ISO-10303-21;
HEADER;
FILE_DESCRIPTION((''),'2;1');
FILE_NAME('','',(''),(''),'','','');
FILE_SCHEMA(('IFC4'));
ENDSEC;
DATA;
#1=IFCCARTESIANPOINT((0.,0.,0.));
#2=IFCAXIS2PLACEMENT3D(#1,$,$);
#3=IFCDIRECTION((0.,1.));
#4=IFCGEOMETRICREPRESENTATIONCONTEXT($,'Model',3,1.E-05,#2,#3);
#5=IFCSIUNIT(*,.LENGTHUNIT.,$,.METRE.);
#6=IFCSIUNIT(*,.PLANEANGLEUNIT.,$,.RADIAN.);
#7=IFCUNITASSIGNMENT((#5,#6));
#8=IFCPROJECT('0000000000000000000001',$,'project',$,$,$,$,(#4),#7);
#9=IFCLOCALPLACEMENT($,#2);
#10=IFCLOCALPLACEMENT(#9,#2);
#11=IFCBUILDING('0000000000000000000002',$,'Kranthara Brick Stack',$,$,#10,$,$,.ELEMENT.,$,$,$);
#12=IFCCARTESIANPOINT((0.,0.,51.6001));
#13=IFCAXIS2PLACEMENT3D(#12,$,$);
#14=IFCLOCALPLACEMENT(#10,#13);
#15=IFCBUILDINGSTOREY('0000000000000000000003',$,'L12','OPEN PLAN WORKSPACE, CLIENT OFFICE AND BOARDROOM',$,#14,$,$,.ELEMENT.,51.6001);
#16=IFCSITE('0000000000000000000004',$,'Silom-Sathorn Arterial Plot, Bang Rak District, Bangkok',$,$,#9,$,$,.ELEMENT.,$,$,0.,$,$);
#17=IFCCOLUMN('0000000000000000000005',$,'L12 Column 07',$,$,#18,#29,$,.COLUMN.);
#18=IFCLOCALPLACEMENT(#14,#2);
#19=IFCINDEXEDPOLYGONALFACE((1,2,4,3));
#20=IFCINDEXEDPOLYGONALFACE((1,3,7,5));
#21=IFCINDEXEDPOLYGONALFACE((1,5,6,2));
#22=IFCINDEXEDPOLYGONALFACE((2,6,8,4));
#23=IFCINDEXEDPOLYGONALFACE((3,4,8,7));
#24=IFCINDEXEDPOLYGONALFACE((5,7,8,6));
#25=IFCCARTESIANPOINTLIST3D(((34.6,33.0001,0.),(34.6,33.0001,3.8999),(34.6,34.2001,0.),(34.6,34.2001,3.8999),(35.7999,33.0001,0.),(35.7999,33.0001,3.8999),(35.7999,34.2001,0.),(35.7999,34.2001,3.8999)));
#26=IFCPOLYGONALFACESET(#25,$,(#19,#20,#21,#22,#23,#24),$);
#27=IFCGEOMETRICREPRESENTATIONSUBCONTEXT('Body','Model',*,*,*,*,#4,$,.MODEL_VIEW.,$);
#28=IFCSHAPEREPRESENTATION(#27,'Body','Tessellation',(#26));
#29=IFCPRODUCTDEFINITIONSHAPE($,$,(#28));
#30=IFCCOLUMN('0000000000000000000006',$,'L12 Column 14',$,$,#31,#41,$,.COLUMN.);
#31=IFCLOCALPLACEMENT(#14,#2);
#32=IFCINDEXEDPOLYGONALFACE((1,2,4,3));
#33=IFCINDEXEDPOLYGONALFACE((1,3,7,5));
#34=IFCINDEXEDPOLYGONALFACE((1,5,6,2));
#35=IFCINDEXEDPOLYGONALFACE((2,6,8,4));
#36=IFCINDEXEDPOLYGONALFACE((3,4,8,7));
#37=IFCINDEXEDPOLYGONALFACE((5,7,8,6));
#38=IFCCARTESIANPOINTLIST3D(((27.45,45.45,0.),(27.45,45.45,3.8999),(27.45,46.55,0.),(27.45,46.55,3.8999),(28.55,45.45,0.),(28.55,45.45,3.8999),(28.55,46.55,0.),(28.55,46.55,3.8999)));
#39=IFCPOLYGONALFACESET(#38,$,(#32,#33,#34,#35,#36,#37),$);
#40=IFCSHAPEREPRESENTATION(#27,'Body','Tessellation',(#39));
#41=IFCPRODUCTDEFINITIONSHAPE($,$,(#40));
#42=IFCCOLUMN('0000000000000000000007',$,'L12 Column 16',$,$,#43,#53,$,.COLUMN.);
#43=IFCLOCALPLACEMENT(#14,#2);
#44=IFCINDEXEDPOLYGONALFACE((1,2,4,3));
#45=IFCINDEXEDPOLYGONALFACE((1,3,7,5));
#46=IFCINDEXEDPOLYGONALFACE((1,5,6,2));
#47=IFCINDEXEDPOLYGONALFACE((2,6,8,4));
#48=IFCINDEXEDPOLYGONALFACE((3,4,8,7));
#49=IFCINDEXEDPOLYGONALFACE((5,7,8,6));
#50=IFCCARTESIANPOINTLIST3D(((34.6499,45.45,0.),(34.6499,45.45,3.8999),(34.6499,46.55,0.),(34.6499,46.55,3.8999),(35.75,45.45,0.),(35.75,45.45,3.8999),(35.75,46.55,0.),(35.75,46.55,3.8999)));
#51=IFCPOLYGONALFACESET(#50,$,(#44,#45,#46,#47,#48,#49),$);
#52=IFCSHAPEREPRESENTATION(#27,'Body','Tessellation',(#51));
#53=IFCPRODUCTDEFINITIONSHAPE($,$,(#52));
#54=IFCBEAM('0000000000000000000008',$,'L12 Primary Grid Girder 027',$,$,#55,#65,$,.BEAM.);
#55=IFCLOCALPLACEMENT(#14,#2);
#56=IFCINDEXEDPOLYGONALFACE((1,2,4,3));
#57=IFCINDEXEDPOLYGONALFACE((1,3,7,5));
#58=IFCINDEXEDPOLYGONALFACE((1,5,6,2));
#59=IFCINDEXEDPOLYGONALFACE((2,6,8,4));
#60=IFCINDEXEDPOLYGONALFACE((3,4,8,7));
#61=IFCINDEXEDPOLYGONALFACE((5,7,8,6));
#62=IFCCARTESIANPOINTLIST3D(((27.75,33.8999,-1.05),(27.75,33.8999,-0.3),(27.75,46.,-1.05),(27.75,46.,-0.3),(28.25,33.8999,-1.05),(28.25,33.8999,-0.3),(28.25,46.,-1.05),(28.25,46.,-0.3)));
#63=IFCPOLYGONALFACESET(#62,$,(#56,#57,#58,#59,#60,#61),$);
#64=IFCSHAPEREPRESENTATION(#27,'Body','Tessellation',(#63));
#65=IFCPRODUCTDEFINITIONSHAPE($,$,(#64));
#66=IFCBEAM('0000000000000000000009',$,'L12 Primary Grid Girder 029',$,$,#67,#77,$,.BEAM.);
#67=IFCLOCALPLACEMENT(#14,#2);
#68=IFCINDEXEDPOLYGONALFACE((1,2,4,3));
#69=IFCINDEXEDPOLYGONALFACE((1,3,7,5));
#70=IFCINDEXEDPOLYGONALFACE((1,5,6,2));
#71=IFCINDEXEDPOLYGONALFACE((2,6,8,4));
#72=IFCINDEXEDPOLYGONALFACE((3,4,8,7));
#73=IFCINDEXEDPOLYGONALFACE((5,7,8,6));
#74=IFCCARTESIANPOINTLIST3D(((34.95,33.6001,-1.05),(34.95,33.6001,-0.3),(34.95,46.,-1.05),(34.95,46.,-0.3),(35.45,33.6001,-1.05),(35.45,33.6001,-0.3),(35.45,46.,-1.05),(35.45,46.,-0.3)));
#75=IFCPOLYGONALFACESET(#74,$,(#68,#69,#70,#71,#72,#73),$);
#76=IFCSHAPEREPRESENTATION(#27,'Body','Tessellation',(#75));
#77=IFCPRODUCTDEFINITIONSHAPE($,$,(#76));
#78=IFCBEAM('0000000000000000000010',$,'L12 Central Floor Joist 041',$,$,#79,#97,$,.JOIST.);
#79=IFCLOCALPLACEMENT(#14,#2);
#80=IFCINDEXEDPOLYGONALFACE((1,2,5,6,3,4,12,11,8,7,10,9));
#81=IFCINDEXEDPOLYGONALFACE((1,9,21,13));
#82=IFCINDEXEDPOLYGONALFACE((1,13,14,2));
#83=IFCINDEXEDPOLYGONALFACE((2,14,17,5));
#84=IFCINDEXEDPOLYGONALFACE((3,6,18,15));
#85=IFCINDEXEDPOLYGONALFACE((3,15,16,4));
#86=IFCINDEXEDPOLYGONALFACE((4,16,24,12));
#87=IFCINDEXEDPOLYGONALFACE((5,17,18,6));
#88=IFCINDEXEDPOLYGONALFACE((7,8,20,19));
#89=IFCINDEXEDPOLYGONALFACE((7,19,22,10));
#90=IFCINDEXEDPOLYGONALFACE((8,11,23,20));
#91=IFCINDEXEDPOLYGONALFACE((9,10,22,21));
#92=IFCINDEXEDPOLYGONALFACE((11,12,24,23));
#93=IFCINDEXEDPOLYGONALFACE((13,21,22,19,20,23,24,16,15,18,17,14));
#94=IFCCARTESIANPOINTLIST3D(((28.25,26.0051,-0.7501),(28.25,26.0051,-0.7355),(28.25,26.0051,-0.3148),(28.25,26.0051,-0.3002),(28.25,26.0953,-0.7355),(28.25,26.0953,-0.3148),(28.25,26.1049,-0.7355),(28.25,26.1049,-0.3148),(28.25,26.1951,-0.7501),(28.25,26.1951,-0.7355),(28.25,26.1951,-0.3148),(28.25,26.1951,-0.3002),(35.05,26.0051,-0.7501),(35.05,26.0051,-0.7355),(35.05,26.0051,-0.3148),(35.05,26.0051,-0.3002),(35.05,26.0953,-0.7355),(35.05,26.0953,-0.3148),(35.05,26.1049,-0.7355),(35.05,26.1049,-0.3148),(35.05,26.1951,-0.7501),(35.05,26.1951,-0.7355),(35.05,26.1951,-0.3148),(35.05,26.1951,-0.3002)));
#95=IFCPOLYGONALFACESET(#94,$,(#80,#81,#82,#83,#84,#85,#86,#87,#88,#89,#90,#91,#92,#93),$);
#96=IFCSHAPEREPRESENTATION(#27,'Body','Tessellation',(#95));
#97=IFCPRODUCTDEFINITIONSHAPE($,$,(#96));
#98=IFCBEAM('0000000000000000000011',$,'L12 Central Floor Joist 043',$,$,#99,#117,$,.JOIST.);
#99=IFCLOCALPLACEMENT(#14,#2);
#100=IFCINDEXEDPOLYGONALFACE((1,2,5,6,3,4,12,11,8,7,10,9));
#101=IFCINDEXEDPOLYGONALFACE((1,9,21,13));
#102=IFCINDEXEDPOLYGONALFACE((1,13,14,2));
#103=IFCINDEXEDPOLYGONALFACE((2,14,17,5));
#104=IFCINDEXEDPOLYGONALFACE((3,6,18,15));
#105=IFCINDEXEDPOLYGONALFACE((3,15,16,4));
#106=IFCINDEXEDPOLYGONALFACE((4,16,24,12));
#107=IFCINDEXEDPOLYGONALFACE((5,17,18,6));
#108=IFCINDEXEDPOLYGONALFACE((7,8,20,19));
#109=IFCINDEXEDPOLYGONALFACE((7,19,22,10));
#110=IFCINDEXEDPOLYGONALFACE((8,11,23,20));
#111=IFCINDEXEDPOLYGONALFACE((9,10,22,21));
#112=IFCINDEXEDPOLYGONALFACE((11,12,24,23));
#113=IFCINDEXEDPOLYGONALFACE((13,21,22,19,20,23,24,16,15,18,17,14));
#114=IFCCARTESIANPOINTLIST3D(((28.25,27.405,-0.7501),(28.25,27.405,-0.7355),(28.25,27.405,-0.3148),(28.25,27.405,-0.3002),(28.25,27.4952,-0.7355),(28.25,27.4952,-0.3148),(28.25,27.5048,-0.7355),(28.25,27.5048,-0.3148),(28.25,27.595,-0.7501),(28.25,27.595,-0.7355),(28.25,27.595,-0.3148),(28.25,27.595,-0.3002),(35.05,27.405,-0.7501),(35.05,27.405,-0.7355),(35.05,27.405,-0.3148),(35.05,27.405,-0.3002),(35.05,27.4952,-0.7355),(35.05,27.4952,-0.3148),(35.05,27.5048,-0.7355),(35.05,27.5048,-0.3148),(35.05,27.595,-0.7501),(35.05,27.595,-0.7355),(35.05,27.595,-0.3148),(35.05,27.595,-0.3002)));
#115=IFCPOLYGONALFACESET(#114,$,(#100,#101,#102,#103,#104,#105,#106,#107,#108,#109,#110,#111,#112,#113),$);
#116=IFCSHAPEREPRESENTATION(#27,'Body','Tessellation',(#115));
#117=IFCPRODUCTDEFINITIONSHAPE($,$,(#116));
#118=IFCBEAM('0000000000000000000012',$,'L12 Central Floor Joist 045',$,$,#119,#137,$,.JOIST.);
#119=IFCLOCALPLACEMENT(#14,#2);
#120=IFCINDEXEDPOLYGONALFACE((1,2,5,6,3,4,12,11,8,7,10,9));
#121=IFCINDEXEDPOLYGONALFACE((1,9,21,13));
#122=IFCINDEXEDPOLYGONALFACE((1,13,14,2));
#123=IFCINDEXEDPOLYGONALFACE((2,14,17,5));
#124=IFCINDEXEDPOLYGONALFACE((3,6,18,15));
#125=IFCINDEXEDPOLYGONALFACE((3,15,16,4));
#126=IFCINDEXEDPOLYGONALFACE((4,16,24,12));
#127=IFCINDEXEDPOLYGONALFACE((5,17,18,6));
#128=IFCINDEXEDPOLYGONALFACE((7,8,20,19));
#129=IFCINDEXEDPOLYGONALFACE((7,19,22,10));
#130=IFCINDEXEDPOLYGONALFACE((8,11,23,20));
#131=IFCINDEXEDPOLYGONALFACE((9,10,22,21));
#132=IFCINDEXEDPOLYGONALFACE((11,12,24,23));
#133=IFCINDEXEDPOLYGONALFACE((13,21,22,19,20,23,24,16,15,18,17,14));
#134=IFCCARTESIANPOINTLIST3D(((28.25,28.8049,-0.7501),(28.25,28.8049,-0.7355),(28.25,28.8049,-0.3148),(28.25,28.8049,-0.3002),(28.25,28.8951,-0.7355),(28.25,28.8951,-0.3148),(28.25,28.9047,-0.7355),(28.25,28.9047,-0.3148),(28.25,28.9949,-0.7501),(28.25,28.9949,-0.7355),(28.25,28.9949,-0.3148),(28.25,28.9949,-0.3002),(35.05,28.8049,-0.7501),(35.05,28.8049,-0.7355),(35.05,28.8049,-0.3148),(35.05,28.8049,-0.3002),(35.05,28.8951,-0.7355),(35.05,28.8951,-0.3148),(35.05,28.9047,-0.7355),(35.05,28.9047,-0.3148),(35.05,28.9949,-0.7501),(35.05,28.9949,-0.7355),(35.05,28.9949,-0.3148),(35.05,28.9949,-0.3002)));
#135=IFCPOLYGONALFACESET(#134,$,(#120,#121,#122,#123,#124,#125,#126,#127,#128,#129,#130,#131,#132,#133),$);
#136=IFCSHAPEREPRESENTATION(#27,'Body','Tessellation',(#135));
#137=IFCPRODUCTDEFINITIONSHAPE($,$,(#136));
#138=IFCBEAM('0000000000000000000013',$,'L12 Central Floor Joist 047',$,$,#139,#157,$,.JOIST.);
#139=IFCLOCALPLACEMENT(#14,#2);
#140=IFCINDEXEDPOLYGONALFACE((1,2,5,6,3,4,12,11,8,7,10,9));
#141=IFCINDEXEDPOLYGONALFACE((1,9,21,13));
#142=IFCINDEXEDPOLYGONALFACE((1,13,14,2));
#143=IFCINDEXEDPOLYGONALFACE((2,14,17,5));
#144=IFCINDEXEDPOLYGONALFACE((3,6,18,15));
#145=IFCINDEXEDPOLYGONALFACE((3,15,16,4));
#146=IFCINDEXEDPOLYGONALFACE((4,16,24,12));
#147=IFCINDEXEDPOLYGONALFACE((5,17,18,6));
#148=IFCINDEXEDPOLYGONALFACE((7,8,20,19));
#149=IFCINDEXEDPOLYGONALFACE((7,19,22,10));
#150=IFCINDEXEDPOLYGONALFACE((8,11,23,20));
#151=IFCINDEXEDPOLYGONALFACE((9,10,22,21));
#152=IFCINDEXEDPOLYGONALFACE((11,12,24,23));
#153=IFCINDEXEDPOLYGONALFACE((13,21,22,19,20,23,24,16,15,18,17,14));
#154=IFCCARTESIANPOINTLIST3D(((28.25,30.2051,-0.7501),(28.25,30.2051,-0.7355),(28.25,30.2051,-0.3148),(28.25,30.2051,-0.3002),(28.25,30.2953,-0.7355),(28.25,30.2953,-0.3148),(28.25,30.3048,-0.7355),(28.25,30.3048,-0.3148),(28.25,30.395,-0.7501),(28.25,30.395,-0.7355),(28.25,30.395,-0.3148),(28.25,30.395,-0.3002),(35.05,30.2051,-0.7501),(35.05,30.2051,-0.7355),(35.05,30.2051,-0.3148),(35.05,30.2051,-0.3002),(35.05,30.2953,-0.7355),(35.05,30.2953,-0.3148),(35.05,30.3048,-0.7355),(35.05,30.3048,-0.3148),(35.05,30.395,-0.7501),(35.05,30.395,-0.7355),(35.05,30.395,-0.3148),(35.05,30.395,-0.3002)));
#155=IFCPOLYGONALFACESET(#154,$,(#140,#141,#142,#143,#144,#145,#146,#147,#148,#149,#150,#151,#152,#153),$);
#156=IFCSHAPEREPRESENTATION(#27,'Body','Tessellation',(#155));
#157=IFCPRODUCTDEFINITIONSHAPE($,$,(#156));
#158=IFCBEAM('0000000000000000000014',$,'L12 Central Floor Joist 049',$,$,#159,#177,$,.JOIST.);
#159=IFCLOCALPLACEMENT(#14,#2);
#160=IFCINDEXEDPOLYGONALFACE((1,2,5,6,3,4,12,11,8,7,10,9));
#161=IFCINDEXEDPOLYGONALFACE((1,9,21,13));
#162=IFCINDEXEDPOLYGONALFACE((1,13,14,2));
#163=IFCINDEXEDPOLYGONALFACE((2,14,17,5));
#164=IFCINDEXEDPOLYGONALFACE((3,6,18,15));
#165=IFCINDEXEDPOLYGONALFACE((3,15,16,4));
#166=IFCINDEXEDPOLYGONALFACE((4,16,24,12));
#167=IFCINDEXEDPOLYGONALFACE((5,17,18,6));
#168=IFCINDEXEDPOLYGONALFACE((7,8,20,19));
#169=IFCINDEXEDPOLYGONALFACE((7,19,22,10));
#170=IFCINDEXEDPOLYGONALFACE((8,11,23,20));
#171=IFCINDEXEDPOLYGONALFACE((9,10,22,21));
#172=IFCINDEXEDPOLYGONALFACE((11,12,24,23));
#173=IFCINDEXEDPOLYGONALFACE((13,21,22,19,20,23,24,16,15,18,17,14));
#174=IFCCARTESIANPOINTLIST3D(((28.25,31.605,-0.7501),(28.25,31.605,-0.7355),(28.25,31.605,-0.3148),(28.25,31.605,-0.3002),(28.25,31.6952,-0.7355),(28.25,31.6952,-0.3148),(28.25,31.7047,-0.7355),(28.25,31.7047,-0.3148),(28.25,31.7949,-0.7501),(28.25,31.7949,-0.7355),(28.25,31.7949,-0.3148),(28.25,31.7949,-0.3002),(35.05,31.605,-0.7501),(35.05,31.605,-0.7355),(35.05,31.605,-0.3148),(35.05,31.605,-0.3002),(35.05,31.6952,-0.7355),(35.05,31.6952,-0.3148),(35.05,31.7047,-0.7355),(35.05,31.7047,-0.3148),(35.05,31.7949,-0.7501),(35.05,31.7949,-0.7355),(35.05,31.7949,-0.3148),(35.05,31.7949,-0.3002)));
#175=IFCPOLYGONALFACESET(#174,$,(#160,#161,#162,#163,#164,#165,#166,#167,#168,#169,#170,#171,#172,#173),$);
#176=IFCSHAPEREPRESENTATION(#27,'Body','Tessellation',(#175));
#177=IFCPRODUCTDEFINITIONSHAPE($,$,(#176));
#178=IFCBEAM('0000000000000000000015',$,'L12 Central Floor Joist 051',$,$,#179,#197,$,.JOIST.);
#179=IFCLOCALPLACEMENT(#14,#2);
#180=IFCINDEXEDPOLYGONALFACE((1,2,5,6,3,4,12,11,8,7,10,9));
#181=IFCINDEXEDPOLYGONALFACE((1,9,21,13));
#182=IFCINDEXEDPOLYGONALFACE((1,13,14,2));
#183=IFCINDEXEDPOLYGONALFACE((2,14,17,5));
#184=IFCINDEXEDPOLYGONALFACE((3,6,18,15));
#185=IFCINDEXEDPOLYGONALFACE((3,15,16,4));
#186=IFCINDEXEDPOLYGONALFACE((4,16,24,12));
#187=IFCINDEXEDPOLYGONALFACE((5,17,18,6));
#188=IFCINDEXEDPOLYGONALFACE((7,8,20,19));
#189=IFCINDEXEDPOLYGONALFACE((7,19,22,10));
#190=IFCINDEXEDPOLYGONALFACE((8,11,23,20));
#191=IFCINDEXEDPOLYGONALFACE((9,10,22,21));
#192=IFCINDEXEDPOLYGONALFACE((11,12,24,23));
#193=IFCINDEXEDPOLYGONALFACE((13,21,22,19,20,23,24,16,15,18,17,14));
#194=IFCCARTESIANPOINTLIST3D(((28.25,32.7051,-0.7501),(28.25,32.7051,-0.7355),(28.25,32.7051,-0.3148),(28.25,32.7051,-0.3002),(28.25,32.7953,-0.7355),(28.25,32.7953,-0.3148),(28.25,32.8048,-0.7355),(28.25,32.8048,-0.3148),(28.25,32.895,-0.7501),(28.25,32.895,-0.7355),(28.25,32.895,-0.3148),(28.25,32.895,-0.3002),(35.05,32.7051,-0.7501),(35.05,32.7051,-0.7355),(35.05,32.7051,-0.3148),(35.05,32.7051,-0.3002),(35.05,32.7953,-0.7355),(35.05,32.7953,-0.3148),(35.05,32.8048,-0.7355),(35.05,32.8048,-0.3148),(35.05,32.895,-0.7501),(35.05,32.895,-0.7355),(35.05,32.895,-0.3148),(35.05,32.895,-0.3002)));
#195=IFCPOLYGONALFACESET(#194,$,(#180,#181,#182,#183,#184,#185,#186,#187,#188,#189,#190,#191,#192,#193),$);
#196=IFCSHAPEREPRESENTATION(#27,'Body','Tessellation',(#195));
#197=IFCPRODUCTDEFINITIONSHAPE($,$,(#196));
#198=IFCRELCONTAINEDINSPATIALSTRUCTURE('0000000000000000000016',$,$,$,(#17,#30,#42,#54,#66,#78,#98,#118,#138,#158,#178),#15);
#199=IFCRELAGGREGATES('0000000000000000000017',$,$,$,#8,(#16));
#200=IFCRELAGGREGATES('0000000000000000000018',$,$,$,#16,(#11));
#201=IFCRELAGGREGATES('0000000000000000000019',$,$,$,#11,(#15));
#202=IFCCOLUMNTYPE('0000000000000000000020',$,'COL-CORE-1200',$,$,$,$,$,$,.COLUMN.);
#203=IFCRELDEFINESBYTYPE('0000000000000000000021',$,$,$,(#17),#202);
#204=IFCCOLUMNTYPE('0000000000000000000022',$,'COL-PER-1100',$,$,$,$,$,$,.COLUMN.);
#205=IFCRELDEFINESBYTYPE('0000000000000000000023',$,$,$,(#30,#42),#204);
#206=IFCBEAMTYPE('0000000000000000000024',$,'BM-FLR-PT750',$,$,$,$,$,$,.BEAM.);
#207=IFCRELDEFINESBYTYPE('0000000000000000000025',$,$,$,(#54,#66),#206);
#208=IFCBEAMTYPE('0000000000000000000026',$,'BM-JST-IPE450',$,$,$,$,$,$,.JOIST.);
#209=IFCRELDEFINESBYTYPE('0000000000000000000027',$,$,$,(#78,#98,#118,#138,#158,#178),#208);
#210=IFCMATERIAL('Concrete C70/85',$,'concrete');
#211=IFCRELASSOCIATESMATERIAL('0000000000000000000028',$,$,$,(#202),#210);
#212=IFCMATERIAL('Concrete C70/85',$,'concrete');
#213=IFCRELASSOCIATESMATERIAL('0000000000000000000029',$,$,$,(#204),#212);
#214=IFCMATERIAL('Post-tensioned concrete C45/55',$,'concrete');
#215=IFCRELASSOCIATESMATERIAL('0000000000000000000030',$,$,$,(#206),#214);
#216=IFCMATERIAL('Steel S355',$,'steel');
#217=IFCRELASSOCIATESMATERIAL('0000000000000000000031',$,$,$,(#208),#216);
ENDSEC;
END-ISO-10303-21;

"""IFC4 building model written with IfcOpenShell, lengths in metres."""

from ifc_helpers import new_model, si_unit, direction, frame, origin, origin_2d, place, context, subcontext, project, spatial, rectangle, i_section, extrude, material, material_profile, profile_set, type_object, element, save


model = new_model("IFC4")

# Units and contexts
model_context = context("Model", 3, precision=1e-05, world=origin(), true_north=direction((0.0, 1.0)))
body_context = subcontext(model_context, "Body", "Model", "MODEL_VIEW")
ifc_project = project(units=[si_unit("LENGTHUNIT", "METRE"), si_unit("PLANEANGLEUNIT", "RADIAN")], contexts=[model_context])

# Site, building, storey
site_placement = place(None, origin())
site = spatial("IfcSite", under=ifc_project, at=site_placement, Name="Silom-Sathorn Arterial Plot, Bang Rak District, Bangkok", CompositionType="ELEMENT", RefElevation=0.0)
building_placement = place(site_placement, origin())
building = spatial("IfcBuilding", under=site, at=building_placement, Name="Kranthara Brick Stack", CompositionType="ELEMENT")
storey_placement = place(building_placement, frame((0.0, 0.0, 51.6001)))
storey = spatial("IfcBuildingStorey", under=building, at=storey_placement, Name="L12", Description="OPEN PLAN WORKSPACE, CLIENT OFFICE AND BOARDROOM", CompositionType="ELEMENT", Elevation=51.6001)

# Columns
ifc_material_1 = material(Name="Concrete C70/85", Category="concrete")
ifc_material_profile_1 = material_profile(ifc_material_1, rectangle(XDim=1.2, YDim=1.2, at=origin_2d()), Name="RC 1200x1200")
ifc_profile_set_1 = profile_set([ifc_material_profile_1], Name="Concrete C70/85")
column_type_1 = type_object("IfcColumnType", Name="COL-CORE-1200", PredefinedType="COLUMN", material=ifc_profile_set_1)
column_placement = place(storey_placement, frame((35.2, 33.6001, 0.0), z_axis=(0.0, 0.0, 1.0), x_axis=(1.0, 0.0, 0.0)))
element("IfcColumn", 1, at=column_placement, inside=storey, type_object=column_type_1, Name="L12 Column 07", PredefinedType="COLUMN", context=body_context, shape_type="SweptSolid", body=[
    extrude(rectangle(XDim=1.2, YDim=1.2, at=origin_2d()), origin(), (0.0, 0.0, 1.0), 3.8999),
])
ifc_material_2 = material(Name="Concrete C70/85", Category="concrete")
ifc_material_profile_2 = material_profile(ifc_material_2, rectangle(XDim=1.1001, YDim=1.1001, at=origin_2d()), Name="RC 1100x1100")
ifc_profile_set_2 = profile_set([ifc_material_profile_2], Name="Concrete C70/85")
column_type_2 = type_object("IfcColumnType", Name="COL-PER-1100", PredefinedType="COLUMN", material=ifc_profile_set_2)
for number, where, z_axis, x_axis, name in (
    (2, (28.0, 46.0, 0.0), (0.0, 0.0, 1.0), (1.0, 0.0, 0.0), "L12 Column 14"),
    (3, (35.2, 46.0, 0.0), (0.0, 0.0, 1.0), (1.0, 0.0, 0.0), "L12 Column 16"),
):
    element("IfcColumn", number, at=place(storey_placement, frame(where, z_axis=z_axis, x_axis=x_axis)), inside=storey, type_object=column_type_2, Name=name, PredefinedType="COLUMN", context=body_context, shape_type="SweptSolid", body=[
        extrude(rectangle(XDim=1.1001, YDim=1.1001, at=origin_2d()), origin(), (0.0, 0.0, 1.0), 3.8999),
    ])

# Beams
ifc_material_3 = material(Name="Post-tensioned concrete C45/55", Category="concrete")
ifc_material_profile_3 = material_profile(ifc_material_3, rectangle(XDim=0.5, YDim=0.75, at=origin_2d()), Name="PT 500x750")
ifc_profile_set_3 = profile_set([ifc_material_profile_3], Name="Post-tensioned concrete C45/55")
beam_type_1 = type_object("IfcBeamType", Name="BM-FLR-PT750", PredefinedType="BEAM", material=ifc_profile_set_3)
beam_1_placement = place(storey_placement, frame((28.0, 33.8999, -0.675), z_axis=(0.0, 1.0, 0.0), x_axis=(-1.0, 0.0, 0.0)))
element("IfcBeam", 4, at=beam_1_placement, inside=storey, type_object=beam_type_1, Name="L12 Primary Grid Girder 027", PredefinedType="BEAM", context=body_context, shape_type="SweptSolid", body=[
    extrude(rectangle(XDim=0.5, YDim=0.75, at=origin_2d()), origin(), (0.0, 0.0, 1.0), 12.1001),
])
beam_2_placement = place(storey_placement, frame((35.2, 33.6001, -0.675), z_axis=(0.0, 1.0, 0.0), x_axis=(-1.0, 0.0, 0.0)))
element("IfcBeam", 5, at=beam_2_placement, inside=storey, type_object=beam_type_1, Name="L12 Primary Grid Girder 029", PredefinedType="BEAM", context=body_context, shape_type="SweptSolid", body=[
    extrude(rectangle(XDim=0.5, YDim=0.75, at=origin_2d()), origin(), (0.0, 0.0, 1.0), 12.3999),
])
ifc_material_4 = material(Name="Steel S355", Category="steel")
ifc_material_profile_4 = material_profile(ifc_material_4, i_section(OverallWidth=0.1899, OverallDepth=0.45, WebThickness=0.0095, FlangeThickness=0.0146, at=origin_2d()), Name="IPE 450")
ifc_profile_set_4 = profile_set([ifc_material_profile_4], Name="Steel S355")
beam_type_2 = type_object("IfcBeamType", Name="BM-JST-IPE450", PredefinedType="JOIST", material=ifc_profile_set_4)
for number, where, z_axis, x_axis, name in (
    (6, (28.25, 26.1001, -0.5251), (1.0, 0.0, 0.0), (0.0, 1.0, 0.0), "L12 Central Floor Joist 041"),
    (7, (28.25, 27.5, -0.5251), (1.0, 0.0, 0.0), (0.0, 1.0, 0.0), "L12 Central Floor Joist 043"),
    (8, (28.25, 28.8999, -0.5251), (1.0, 0.0, 0.0), (0.0, 1.0, 0.0), "L12 Central Floor Joist 045"),
    (9, (28.25, 30.3, -0.5251), (1.0, 0.0, 0.0), (0.0, 1.0, 0.0), "L12 Central Floor Joist 047"),
    (10, (28.25, 31.7, -0.5251), (1.0, 0.0, 0.0), (0.0, 1.0, 0.0), "L12 Central Floor Joist 049"),
    (11, (28.25, 32.8, -0.5251), (1.0, 0.0, 0.0), (0.0, 1.0, 0.0), "L12 Central Floor Joist 051"),
):
    element("IfcBeam", number, at=place(storey_placement, frame(where, z_axis=z_axis, x_axis=x_axis)), inside=storey, type_object=beam_type_2, Name=name, PredefinedType="JOIST", context=body_context, shape_type="SweptSolid", body=[
        extrude(i_section(OverallWidth=0.1899, OverallDepth=0.45, WebThickness=0.0095, FlangeThickness=0.0146, at=origin_2d()), origin(), (0.0, 0.0, 1.0), 6.8),
    ])

save(model, "model.ifc")
